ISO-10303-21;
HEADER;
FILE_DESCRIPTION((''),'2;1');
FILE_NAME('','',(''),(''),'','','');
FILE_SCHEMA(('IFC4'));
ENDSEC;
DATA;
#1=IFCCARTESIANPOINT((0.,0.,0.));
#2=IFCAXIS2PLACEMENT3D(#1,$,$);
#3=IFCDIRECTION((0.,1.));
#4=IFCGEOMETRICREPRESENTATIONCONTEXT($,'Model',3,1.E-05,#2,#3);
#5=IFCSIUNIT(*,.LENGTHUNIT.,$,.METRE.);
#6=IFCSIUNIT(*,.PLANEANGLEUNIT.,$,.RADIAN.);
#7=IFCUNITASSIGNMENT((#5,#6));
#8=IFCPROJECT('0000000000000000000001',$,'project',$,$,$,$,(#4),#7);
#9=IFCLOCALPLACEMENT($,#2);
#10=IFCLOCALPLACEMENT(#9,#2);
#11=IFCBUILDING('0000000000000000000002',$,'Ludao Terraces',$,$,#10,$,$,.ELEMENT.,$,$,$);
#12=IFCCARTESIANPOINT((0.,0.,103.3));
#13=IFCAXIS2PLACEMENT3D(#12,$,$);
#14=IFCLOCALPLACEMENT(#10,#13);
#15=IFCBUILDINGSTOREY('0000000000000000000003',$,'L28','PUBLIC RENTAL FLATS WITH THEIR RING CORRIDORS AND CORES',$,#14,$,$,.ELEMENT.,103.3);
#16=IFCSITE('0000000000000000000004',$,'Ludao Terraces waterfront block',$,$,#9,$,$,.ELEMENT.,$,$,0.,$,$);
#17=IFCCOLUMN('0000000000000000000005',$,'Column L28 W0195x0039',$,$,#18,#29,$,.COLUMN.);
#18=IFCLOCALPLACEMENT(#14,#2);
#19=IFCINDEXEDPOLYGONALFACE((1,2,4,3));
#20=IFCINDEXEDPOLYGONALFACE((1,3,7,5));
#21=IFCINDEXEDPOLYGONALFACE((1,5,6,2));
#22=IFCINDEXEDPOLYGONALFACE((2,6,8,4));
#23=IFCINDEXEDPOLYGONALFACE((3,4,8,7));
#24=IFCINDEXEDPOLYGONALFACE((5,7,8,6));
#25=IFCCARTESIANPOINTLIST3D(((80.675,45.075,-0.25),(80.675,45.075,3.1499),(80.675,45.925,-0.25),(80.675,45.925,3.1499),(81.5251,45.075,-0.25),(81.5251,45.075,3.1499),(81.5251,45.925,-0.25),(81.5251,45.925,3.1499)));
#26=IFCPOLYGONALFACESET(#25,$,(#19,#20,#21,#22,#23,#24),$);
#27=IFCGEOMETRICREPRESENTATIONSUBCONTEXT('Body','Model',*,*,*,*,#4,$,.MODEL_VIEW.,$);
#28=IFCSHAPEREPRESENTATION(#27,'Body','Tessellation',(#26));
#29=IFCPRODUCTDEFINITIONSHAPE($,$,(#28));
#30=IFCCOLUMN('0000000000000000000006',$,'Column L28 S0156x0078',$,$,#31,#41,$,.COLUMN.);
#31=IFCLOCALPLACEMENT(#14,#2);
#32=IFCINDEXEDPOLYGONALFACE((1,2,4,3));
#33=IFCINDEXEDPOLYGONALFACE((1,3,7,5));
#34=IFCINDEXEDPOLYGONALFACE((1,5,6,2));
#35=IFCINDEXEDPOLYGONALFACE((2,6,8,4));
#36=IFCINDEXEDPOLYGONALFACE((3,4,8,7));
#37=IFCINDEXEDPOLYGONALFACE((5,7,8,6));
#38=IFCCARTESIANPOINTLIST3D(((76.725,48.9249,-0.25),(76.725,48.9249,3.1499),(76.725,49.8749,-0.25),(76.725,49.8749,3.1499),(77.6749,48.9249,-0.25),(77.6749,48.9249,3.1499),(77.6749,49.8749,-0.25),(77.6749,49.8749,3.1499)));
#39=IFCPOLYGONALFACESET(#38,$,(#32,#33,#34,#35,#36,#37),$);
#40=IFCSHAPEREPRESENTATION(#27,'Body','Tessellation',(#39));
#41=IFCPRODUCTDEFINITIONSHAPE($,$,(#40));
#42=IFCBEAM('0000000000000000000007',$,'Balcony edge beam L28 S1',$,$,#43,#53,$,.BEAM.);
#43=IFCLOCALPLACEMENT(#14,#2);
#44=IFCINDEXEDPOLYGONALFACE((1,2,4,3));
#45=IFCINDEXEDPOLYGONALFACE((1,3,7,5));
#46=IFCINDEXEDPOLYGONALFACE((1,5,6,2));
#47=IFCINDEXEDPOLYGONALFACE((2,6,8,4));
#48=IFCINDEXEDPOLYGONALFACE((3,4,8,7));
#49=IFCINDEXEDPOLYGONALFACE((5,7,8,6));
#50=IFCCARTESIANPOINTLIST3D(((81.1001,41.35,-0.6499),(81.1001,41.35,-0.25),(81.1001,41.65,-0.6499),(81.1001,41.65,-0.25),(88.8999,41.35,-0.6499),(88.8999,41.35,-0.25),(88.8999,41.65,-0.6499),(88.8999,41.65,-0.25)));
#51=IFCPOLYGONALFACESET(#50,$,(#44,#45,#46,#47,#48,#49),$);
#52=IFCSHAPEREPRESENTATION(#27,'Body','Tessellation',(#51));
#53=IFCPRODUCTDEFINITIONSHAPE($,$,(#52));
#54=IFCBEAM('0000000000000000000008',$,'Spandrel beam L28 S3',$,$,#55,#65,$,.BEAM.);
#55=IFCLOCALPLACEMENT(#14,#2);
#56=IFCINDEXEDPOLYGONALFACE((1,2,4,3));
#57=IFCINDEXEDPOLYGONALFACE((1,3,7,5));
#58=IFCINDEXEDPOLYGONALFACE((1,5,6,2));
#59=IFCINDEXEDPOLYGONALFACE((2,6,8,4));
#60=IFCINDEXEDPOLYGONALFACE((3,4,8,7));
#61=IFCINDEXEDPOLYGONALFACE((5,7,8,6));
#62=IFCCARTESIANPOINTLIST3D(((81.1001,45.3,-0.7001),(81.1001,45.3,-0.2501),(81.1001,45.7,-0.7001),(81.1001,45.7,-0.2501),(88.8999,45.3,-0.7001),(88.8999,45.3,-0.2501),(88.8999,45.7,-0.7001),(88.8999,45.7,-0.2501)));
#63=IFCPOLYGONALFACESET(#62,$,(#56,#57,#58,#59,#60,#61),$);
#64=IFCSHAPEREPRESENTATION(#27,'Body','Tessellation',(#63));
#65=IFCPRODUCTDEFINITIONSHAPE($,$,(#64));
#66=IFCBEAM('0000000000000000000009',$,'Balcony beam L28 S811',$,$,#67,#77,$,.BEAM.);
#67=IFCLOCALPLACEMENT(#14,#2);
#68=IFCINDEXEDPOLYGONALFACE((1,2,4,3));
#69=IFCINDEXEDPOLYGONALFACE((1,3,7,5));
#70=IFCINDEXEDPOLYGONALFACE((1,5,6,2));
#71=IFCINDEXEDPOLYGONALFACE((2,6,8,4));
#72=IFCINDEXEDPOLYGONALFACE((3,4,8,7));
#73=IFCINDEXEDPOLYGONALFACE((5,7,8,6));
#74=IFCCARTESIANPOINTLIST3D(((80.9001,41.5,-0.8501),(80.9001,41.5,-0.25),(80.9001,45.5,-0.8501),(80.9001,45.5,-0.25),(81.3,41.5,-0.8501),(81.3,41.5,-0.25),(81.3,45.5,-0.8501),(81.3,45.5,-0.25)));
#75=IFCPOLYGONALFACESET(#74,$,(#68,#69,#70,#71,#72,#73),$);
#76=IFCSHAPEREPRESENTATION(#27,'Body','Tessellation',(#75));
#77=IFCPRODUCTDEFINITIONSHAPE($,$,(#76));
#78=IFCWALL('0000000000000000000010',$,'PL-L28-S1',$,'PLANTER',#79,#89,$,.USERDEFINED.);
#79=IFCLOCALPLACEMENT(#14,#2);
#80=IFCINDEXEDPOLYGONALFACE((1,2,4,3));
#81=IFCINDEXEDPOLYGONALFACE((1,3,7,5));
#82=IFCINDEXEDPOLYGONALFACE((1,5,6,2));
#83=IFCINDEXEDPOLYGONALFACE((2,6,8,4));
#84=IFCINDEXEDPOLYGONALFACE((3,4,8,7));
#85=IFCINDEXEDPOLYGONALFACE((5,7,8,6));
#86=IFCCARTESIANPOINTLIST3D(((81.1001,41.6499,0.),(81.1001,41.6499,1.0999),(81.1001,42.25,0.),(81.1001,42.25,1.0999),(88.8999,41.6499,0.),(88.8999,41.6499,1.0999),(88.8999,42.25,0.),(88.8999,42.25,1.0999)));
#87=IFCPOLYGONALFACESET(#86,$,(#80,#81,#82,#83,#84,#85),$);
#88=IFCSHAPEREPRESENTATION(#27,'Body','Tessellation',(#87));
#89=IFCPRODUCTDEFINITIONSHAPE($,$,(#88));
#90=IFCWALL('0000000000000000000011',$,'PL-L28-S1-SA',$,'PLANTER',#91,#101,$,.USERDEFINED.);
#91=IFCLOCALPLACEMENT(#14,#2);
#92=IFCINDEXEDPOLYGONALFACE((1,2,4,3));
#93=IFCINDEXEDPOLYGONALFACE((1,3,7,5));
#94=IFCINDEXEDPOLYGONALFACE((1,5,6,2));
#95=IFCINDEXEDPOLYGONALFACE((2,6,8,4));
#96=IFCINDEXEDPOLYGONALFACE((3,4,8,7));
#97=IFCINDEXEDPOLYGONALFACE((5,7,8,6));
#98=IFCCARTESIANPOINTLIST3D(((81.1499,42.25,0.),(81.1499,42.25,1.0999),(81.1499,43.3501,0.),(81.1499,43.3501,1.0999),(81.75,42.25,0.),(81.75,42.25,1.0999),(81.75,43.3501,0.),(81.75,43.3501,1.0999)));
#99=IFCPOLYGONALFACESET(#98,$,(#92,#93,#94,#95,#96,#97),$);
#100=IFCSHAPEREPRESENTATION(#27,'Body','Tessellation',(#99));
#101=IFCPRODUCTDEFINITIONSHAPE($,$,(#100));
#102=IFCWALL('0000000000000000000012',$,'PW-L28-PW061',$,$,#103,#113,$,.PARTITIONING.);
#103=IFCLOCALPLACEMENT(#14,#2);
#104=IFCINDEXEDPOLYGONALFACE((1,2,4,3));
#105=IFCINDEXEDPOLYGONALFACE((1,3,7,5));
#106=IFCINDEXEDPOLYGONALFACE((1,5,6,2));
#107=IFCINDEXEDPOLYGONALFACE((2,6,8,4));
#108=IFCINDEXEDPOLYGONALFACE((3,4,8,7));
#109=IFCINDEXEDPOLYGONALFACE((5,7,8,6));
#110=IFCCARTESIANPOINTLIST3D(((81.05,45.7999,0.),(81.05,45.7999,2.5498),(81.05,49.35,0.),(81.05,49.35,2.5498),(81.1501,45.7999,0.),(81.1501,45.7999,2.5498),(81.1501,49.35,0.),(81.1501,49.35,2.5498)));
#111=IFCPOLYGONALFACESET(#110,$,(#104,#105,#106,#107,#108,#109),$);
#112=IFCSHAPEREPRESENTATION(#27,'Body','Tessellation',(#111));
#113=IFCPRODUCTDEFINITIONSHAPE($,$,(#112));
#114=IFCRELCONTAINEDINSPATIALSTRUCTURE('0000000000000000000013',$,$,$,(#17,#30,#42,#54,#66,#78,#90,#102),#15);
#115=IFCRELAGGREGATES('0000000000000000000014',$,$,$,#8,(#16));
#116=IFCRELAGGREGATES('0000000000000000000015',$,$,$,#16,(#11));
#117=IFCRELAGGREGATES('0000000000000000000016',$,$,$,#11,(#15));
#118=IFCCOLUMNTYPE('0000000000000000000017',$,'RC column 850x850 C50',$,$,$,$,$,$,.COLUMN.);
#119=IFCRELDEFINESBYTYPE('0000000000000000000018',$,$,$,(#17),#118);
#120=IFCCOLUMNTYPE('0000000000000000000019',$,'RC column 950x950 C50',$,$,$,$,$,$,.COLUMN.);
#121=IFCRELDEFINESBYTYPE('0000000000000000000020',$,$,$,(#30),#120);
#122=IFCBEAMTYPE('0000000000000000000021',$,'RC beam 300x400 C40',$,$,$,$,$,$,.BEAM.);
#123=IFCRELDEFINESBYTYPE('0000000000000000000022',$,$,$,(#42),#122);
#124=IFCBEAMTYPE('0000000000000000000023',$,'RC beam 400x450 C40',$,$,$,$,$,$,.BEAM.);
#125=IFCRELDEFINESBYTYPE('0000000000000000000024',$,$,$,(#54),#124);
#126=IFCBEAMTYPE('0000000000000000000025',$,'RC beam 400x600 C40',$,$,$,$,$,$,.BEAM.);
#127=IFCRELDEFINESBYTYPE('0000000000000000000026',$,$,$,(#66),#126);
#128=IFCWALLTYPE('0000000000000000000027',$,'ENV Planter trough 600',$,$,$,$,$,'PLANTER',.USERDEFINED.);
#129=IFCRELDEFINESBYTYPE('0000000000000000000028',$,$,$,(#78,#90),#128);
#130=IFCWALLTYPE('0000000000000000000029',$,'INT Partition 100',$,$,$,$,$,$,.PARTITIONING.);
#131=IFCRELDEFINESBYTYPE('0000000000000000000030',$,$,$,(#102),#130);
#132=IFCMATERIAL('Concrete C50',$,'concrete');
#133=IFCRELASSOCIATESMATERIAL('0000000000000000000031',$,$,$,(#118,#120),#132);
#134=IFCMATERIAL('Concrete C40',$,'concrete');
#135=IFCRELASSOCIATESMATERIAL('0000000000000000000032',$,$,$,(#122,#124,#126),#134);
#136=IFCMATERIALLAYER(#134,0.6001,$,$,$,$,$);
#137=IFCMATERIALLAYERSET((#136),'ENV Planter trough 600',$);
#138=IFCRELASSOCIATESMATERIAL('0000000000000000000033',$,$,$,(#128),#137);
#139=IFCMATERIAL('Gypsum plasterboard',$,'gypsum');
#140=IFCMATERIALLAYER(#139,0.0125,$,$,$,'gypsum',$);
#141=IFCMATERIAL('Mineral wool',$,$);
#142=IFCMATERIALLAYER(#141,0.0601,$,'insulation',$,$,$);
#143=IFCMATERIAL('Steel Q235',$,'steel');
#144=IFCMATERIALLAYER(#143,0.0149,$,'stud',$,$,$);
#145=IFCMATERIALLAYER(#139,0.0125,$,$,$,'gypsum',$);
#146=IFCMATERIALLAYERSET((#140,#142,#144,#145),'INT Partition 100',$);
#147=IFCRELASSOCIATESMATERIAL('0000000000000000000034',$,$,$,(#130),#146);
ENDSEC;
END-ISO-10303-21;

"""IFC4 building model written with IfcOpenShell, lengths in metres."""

from ifc_helpers import new_model, si_unit, direction, frame, frame_2d, origin, origin_2d, place, context, subcontext, project, spatial, rectangle, extrude, material, layer, layer_set, material_profile, profile_set, type_object, element, save


model = new_model("IFC4")

# Units and contexts
model_context = context("Model", 3, precision=1e-05, world=origin(), true_north=direction((0.0, 1.0)))
body_context = subcontext(model_context, "Body", "Model", "MODEL_VIEW")
ifc_project = project(units=[si_unit("LENGTHUNIT", "METRE"), si_unit("PLANEANGLEUNIT", "RADIAN")], contexts=[model_context])

# Site, building, storey
site_placement = place(None, origin())
site = spatial("IfcSite", under=ifc_project, at=site_placement, Name="Ludao Terraces waterfront block", CompositionType="ELEMENT", RefElevation=0.0)
building_placement = place(site_placement, origin())
building = spatial("IfcBuilding", under=site, at=building_placement, Name="Ludao Terraces", CompositionType="ELEMENT")
storey_placement = place(building_placement, frame((0.0, 0.0, 103.3)))
storey = spatial("IfcBuildingStorey", under=building, at=storey_placement, Name="L28", Description="PUBLIC RENTAL FLATS WITH THEIR RING CORRIDORS AND CORES", CompositionType="ELEMENT", Elevation=103.3)

# Columns
ifc_material_1 = material(Name="Concrete C50", Category="concrete")
ifc_material_profile_1 = material_profile(ifc_material_1, rectangle(XDim=0.8501, YDim=0.8501, at=origin_2d()), Name="850 X 850")
ifc_profile_set_1 = profile_set([ifc_material_profile_1], Name="Concrete C50")
column_type_1 = type_object("IfcColumnType", Name="RC column 850x850 C50", PredefinedType="COLUMN", material=ifc_profile_set_1)
column_1_placement = place(storey_placement, frame((81.1001, 45.5, -0.25), z_axis=(0.0, 0.0, 1.0), x_axis=(1.0, 0.0, 0.0)))
element("IfcColumn", 1, at=column_1_placement, inside=storey, type_object=column_type_1, Name="Column L28 W0195x0039", PredefinedType="COLUMN", context=body_context, shape_type="SweptSolid", body=[
    extrude(rectangle(XDim=0.8501, YDim=0.8501, at=origin_2d()), origin(), (0.0, 0.0, 1.0), 3.3999),
])
ifc_material_profile_2 = material_profile(ifc_material_1, rectangle(XDim=0.95, YDim=0.95, at=origin_2d()), Name="950 X 950")
ifc_profile_set_2 = profile_set([ifc_material_profile_2], Name="Concrete C50")
column_type_2 = type_object("IfcColumnType", Name="RC column 950x950 C50", PredefinedType="COLUMN", material=ifc_profile_set_2)
column_2_placement = place(storey_placement, frame((77.2, 49.3999, -0.25), z_axis=(0.0, 0.0, 1.0), x_axis=(1.0, 0.0, 0.0)))
element("IfcColumn", 2, at=column_2_placement, inside=storey, type_object=column_type_2, Name="Column L28 S0156x0078", PredefinedType="COLUMN", context=body_context, shape_type="SweptSolid", body=[
    extrude(rectangle(XDim=0.95, YDim=0.95, at=origin_2d()), origin(), (0.0, 0.0, 1.0), 3.3999),
])

# Beams
ifc_material_2 = material(Name="Concrete C40", Category="concrete")
ifc_material_profile_3 = material_profile(ifc_material_2, rectangle(XDim=0.3, YDim=0.3999, at=origin_2d()), Name="300 X 400")
ifc_profile_set_3 = profile_set([ifc_material_profile_3], Name="Concrete C40")
beam_type_1 = type_object("IfcBeamType", Name="RC beam 300x400 C40", PredefinedType="BEAM", material=ifc_profile_set_3)
beam_1_placement = place(storey_placement, frame((81.1001, 41.5, -0.45), z_axis=(1.0, 0.0, 0.0), x_axis=(0.0, 1.0, 0.0)))
element("IfcBeam", 3, at=beam_1_placement, inside=storey, type_object=beam_type_1, Name="Balcony edge beam L28 S1", PredefinedType="BEAM", context=body_context, shape_type="SweptSolid", body=[
    extrude(rectangle(XDim=0.3, YDim=0.3999, at=origin_2d()), origin(), (0.0, 0.0, 1.0), 7.7998),
])
ifc_material_profile_4 = material_profile(ifc_material_2, rectangle(XDim=0.3999, YDim=0.45, at=origin_2d()), Name="400 X 450")
ifc_profile_set_4 = profile_set([ifc_material_profile_4], Name="Concrete C40")
beam_type_2 = type_object("IfcBeamType", Name="RC beam 400x450 C40", PredefinedType="BEAM", material=ifc_profile_set_4)
beam_2_placement = place(storey_placement, frame((81.1001, 45.5, -0.4751), z_axis=(1.0, 0.0, 0.0), x_axis=(0.0, 1.0, 0.0)))
element("IfcBeam", 4, at=beam_2_placement, inside=storey, type_object=beam_type_2, Name="Spandrel beam L28 S3", PredefinedType="BEAM", context=body_context, shape_type="SweptSolid", body=[
    extrude(rectangle(XDim=0.3999, YDim=0.45, at=origin_2d()), origin(), (0.0, 0.0, 1.0), 7.7998),
])
ifc_material_profile_5 = material_profile(ifc_material_2, rectangle(XDim=0.3999, YDim=0.6001, at=origin_2d()), Name="400 X 600")
ifc_profile_set_5 = profile_set([ifc_material_profile_5], Name="Concrete C40")
beam_type_3 = type_object("IfcBeamType", Name="RC beam 400x600 C40", PredefinedType="BEAM", material=ifc_profile_set_5)
beam_3_placement = place(storey_placement, frame((81.1001, 45.5, -0.55), z_axis=(0.0, -1.0, 0.0), x_axis=(1.0, 0.0, 0.0)))
element("IfcBeam", 5, at=beam_3_placement, inside=storey, type_object=beam_type_3, Name="Balcony beam L28 S811", PredefinedType="BEAM", context=body_context, shape_type="SweptSolid", body=[
    extrude(rectangle(XDim=0.3999, YDim=0.6001, at=origin_2d()), origin(), (0.0, 0.0, 1.0), 4.0),
])

# Walls
ifc_layer_1 = layer(ifc_material_2, 0.6001)
ifc_layer_set_1 = layer_set([ifc_layer_1], Name="ENV Planter trough 600")
wall_type_1 = type_object("IfcWallType", Name="ENV Planter trough 600", ElementType="PLANTER", PredefinedType="USERDEFINED", material=ifc_layer_set_1)
wall_1_placement = place(storey_placement, frame((81.1001, 41.95, 0.0), z_axis=(0.0, 0.0, 1.0), x_axis=(1.0, 0.0, 0.0)))
element("IfcWall", 6, at=wall_1_placement, inside=storey, type_object=wall_type_1, Name="PL-L28-S1", ObjectType="PLANTER", PredefinedType="USERDEFINED", context=body_context, shape_type="SweptSolid", body=[
    extrude(rectangle(XDim=7.7998, YDim=0.6001, at=frame_2d((3.8999, 0.0))), origin(), (0.0, 0.0, 1.0), 1.0999),
])
wall_2_placement = place(storey_placement, frame((81.45, 42.25, 0.0), z_axis=(0.0, 0.0, 1.0), x_axis=(0.0, 1.0, 0.0)))
element("IfcWall", 7, at=wall_2_placement, inside=storey, type_object=wall_type_1, Name="PL-L28-S1-SA", ObjectType="PLANTER", PredefinedType="USERDEFINED", context=body_context, shape_type="SweptSolid", body=[
    extrude(rectangle(XDim=1.1001, YDim=0.6001, at=frame_2d((0.55, 0.0))), origin(), (0.0, 0.0, 1.0), 1.0999),
])

# Shared definitions
ifc_material_3 = material(Name="Mineral wool")

# Wall
ifc_material_4 = material(Name="Gypsum plasterboard", Category="gypsum")
ifc_layer_2 = layer(ifc_material_4, 0.0125, Category="gypsum")
ifc_layer_3 = layer(ifc_material_3, 0.0601, Name="insulation")
ifc_material_5 = material(Name="Steel Q235", Category="steel")
ifc_layer_4 = layer(ifc_material_5, 0.0149, Name="stud")
ifc_layer_5 = layer(ifc_material_4, 0.0125, Category="gypsum")
ifc_layer_set_2 = layer_set([ifc_layer_2, ifc_layer_3, ifc_layer_4, ifc_layer_5], Name="INT Partition 100")
wall_type_2 = type_object("IfcWallType", Name="INT Partition 100", PredefinedType="PARTITIONING", material=ifc_layer_set_2)
wall_3_placement = place(storey_placement, frame((81.1001, 45.8, 0.0), z_axis=(0.0, 0.0, 1.0), x_axis=(0.0, 1.0, 0.0)))
element("IfcWall", 8, at=wall_3_placement, inside=storey, type_object=wall_type_2, Name="PW-L28-PW061", PredefinedType="PARTITIONING", context=body_context, shape_type="SweptSolid", body=[
    extrude(rectangle(XDim=3.55, YDim=0.1001, at=frame_2d((1.7749, 0.0))), origin(), (0.0, 0.0, 1.0), 2.5498),
])

save(model, "model.ifc")
